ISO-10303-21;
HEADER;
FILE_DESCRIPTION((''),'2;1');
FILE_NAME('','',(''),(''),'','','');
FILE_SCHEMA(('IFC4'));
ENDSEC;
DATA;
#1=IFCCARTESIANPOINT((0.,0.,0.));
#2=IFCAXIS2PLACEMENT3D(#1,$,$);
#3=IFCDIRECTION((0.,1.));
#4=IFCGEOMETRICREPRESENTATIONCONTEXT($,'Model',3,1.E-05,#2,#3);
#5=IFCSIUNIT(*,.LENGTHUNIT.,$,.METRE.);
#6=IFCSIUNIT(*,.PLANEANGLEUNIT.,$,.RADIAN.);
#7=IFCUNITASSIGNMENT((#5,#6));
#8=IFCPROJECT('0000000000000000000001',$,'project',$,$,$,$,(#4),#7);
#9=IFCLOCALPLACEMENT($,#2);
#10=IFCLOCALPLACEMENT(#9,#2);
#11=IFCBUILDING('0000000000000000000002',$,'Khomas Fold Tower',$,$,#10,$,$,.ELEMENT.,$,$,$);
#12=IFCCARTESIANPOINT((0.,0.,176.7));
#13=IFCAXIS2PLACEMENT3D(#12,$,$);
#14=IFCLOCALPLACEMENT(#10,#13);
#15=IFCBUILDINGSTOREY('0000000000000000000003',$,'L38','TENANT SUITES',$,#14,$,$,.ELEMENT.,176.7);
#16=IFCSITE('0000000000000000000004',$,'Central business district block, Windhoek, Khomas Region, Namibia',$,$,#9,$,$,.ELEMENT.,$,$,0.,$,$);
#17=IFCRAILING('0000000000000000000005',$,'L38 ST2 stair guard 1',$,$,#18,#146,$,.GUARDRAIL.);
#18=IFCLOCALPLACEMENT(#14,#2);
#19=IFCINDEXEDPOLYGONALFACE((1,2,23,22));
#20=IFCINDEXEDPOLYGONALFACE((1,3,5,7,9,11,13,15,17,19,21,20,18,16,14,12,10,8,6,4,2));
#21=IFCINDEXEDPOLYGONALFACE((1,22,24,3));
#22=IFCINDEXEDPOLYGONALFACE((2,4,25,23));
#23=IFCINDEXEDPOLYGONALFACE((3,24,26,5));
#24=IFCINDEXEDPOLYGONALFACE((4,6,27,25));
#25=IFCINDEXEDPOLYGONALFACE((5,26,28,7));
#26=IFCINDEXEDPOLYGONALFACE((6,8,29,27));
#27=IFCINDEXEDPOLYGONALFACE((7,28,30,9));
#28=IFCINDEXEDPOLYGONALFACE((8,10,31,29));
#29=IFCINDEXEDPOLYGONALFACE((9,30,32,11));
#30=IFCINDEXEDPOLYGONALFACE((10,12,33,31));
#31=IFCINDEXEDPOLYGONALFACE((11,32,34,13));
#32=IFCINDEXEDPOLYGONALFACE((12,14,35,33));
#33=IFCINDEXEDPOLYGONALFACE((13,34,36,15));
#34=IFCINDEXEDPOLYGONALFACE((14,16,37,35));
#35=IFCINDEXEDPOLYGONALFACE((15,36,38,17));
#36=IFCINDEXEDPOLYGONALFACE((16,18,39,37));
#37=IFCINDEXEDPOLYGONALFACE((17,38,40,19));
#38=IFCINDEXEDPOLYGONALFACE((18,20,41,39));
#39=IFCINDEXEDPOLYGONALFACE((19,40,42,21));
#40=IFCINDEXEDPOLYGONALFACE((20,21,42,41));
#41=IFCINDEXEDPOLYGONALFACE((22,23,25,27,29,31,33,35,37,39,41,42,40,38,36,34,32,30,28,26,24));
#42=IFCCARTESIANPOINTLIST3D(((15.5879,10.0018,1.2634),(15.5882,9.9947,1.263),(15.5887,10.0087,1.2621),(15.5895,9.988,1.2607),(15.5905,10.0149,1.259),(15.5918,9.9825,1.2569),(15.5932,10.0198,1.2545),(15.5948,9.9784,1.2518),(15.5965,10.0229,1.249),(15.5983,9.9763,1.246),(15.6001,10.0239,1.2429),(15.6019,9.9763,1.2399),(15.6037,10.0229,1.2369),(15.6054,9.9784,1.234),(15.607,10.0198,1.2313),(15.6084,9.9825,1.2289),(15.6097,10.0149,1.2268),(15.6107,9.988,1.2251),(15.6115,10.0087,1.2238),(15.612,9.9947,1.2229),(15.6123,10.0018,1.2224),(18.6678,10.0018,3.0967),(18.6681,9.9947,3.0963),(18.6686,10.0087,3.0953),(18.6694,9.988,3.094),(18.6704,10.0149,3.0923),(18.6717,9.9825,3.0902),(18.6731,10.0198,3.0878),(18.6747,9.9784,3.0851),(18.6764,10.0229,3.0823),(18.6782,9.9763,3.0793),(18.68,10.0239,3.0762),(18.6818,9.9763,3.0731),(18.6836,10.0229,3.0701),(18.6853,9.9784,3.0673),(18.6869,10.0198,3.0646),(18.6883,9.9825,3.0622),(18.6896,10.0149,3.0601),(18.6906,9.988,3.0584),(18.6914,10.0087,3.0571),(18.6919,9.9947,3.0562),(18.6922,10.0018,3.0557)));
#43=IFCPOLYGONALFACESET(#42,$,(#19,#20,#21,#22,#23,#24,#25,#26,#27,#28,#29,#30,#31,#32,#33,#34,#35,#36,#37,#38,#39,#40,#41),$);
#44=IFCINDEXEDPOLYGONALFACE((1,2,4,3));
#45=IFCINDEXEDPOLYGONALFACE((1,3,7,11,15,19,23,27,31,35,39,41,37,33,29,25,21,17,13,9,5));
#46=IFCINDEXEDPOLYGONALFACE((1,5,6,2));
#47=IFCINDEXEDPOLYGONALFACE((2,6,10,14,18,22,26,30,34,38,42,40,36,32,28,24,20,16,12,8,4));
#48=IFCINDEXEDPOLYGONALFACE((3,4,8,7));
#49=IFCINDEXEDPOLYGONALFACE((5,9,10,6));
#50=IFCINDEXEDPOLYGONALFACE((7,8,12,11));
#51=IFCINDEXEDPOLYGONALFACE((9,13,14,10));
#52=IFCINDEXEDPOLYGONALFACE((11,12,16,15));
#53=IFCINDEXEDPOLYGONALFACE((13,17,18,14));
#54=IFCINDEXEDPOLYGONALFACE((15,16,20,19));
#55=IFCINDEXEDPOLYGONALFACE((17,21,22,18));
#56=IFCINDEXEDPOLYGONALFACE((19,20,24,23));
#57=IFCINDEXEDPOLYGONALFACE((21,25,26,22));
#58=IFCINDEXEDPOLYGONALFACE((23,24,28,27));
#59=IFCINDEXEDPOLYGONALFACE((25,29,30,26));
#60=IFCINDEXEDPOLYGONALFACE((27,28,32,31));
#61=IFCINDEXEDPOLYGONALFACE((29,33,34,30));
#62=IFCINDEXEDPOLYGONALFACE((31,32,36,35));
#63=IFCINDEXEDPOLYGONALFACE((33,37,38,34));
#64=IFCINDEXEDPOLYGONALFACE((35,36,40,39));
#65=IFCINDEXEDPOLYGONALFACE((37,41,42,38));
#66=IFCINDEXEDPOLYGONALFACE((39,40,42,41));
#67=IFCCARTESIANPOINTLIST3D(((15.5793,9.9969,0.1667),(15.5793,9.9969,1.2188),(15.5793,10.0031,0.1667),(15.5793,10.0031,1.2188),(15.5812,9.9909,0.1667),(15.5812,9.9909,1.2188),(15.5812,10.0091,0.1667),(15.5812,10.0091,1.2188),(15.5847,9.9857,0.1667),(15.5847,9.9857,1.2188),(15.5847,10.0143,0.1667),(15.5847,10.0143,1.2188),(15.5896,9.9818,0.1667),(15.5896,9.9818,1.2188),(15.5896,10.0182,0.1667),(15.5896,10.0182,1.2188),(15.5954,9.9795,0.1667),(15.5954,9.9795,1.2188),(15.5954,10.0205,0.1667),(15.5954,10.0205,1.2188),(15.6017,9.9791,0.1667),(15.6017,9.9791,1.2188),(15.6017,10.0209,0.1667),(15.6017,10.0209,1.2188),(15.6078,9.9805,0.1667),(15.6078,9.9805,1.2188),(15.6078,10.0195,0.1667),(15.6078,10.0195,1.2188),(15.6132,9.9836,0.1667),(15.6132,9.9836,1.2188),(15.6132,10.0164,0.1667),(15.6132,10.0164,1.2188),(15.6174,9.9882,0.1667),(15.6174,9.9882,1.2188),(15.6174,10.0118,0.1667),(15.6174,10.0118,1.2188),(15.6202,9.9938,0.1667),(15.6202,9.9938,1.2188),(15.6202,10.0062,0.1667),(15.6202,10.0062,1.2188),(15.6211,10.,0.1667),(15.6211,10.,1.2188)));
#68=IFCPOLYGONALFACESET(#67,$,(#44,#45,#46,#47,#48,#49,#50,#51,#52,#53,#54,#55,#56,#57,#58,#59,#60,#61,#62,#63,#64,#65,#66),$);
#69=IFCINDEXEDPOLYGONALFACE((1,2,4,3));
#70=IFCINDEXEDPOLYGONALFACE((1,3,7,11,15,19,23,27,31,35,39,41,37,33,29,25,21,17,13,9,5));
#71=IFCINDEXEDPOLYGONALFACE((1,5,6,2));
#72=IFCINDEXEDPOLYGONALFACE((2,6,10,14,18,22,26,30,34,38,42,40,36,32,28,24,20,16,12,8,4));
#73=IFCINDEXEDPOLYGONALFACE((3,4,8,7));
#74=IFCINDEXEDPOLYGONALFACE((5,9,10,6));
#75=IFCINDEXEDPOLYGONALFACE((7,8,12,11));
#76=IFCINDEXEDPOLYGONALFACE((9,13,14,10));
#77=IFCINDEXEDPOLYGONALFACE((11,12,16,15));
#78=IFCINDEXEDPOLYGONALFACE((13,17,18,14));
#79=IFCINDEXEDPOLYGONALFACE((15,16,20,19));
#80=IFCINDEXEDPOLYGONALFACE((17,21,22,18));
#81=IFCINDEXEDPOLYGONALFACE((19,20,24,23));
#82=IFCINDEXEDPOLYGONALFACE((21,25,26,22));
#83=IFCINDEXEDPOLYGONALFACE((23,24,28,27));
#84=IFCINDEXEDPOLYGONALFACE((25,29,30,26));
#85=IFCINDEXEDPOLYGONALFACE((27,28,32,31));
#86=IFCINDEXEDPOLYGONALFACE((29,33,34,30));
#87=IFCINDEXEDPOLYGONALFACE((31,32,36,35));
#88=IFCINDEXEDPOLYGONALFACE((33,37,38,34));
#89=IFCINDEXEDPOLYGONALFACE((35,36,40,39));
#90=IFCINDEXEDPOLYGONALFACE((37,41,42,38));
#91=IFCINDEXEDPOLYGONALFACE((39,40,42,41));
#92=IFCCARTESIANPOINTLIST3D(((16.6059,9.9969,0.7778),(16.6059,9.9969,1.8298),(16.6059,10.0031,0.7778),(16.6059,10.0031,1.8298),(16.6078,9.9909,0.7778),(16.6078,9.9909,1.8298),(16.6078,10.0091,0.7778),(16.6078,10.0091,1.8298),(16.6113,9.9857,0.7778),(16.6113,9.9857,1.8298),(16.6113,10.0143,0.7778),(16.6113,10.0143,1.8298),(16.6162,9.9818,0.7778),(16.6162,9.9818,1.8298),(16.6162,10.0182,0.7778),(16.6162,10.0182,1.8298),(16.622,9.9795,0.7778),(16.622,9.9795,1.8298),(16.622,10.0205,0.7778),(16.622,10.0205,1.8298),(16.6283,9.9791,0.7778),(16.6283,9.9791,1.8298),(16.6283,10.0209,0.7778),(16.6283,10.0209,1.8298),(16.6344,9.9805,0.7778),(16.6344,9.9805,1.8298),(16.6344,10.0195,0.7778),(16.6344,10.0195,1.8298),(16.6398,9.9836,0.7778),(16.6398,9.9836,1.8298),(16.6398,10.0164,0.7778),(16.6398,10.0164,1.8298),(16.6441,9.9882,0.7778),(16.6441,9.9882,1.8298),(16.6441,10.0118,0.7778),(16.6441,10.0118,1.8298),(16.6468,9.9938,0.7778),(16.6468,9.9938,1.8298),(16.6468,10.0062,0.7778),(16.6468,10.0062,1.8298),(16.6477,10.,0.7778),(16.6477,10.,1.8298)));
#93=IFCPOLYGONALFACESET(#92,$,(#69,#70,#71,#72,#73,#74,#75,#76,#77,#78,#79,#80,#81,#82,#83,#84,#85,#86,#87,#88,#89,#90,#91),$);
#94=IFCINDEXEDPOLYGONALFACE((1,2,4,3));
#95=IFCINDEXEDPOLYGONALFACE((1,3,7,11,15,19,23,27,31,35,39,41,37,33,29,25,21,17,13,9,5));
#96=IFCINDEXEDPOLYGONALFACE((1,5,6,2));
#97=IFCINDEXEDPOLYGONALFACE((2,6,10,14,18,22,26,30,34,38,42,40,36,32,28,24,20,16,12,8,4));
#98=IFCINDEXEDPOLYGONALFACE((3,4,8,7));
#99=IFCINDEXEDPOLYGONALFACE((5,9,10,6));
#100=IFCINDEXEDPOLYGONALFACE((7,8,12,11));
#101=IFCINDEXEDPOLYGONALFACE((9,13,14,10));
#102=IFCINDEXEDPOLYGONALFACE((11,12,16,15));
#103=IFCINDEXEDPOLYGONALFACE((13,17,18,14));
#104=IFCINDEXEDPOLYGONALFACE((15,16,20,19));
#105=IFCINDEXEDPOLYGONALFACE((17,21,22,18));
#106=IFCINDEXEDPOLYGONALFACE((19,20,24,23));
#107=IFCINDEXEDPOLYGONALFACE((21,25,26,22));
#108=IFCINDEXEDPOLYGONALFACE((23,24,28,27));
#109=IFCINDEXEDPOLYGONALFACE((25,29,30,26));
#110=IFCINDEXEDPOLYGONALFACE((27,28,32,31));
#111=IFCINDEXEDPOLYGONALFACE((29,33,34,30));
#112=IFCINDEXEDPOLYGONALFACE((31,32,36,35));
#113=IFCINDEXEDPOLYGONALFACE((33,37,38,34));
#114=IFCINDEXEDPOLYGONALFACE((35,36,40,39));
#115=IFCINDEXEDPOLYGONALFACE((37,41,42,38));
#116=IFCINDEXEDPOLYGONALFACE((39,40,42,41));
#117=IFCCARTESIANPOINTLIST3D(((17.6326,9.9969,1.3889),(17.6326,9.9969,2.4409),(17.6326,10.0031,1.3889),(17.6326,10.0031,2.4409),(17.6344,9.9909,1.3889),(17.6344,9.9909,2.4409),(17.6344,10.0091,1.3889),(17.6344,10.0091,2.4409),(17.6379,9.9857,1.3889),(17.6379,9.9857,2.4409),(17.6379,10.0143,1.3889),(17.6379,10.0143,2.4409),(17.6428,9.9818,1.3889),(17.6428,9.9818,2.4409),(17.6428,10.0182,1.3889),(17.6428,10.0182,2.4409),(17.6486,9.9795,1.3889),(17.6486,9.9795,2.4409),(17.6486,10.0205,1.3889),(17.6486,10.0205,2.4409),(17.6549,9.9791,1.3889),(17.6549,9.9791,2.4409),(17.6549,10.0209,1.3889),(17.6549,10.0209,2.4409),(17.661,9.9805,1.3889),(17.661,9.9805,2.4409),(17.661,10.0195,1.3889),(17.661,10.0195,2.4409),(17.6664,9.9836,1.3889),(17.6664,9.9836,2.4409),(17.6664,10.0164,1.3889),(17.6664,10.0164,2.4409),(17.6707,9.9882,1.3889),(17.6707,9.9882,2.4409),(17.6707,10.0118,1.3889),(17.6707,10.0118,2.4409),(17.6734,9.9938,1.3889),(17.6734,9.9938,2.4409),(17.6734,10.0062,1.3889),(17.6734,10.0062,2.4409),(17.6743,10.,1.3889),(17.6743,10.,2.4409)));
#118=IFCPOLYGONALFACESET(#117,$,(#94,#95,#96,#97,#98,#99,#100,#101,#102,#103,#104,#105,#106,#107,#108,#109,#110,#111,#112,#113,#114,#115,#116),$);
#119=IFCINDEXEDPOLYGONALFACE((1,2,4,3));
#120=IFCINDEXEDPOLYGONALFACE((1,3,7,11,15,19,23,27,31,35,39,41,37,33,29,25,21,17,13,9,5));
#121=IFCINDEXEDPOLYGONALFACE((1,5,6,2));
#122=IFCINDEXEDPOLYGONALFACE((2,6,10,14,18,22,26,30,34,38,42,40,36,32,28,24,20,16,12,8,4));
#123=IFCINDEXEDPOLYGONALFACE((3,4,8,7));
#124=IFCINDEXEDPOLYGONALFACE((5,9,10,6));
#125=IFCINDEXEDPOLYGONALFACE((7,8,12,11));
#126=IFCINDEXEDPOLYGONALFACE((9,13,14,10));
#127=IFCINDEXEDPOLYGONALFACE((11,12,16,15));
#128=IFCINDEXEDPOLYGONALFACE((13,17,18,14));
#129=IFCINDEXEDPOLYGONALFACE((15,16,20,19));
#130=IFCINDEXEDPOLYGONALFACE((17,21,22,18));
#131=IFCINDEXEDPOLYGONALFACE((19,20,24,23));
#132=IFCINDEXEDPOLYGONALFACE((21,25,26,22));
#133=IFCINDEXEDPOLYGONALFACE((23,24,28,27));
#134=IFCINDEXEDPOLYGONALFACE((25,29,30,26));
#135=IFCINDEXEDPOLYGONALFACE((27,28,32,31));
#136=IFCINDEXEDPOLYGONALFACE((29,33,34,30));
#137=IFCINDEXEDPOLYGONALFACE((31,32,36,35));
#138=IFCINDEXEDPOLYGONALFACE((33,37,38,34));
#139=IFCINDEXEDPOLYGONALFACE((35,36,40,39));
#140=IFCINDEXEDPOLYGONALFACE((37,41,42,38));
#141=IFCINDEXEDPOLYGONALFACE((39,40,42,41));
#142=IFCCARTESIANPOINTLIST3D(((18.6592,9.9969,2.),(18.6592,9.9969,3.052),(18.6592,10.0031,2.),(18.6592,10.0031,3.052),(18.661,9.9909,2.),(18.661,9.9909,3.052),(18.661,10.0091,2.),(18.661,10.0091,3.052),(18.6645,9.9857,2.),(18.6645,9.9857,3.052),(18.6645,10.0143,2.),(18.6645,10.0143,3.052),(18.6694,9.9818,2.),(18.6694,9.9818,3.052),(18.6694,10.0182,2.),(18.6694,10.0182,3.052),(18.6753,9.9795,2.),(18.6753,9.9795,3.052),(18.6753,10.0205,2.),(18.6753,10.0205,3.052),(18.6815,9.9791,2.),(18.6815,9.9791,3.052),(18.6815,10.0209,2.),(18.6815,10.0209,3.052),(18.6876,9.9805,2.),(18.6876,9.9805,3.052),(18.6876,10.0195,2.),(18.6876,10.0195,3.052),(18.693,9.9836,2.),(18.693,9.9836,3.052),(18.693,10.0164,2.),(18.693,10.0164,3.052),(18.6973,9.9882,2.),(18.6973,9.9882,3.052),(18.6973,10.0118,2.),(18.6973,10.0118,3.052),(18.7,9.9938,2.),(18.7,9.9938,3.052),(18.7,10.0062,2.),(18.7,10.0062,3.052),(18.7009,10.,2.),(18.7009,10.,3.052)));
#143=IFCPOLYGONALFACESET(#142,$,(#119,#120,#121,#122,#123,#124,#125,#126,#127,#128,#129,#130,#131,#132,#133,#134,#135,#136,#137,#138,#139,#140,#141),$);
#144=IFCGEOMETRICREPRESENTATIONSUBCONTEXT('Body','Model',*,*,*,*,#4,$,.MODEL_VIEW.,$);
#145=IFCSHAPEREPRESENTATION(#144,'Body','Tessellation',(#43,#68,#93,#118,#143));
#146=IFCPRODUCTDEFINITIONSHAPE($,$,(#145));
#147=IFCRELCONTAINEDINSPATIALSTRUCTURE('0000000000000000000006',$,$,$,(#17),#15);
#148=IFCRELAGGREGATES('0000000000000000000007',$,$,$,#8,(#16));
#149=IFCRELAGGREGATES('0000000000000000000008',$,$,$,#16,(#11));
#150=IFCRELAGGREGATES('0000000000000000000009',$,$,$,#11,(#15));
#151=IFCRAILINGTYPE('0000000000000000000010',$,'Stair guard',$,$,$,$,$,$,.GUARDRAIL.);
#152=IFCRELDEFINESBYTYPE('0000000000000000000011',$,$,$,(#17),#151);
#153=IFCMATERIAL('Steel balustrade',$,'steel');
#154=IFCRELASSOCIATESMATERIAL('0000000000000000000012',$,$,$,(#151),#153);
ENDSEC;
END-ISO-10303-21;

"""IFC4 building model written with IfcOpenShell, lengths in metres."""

from ifc_helpers import new_model, si_unit, direction, frame, origin, origin_2d, place, context, subcontext, project, spatial, circle, extrude, source, transform, mapped, material, type_object, element, save


model = new_model("IFC4")

# Units and contexts
model_context = context("Model", 3, precision=1e-05, world=origin(), true_north=direction((0.0, 1.0)))
body_context = subcontext(model_context, "Body", "Model", "MODEL_VIEW")
ifc_project = project(units=[si_unit("LENGTHUNIT", "METRE"), si_unit("PLANEANGLEUNIT", "RADIAN")], contexts=[model_context])

# Site, building, storey
site_placement = place(None, origin())
site = spatial("IfcSite", under=ifc_project, at=site_placement, Name="Central business district block, Windhoek, Khomas Region, Namibia", CompositionType="ELEMENT", RefElevation=0.0)
building_placement = place(site_placement, origin())
building = spatial("IfcBuilding", under=site, at=building_placement, Name="Khomas Fold Tower", CompositionType="ELEMENT")
storey_placement = place(building_placement, frame((0.0, 0.0, 176.7)))
storey = spatial("IfcBuildingStorey", under=building, at=storey_placement, Name="L38", Description="TENANT SUITES", CompositionType="ELEMENT", Elevation=176.7)

# Railing
ifc_material_1 = material(Name="Steel balustrade", Category="steel")
railing_type_1 = type_object("IfcRailingType", Name="Stair guard", PredefinedType="GUARDRAIL", material=ifc_material_1)
shared_shape_1 = source(origin(), body_context, "Body", "SweptSolid", [
    extrude(circle(Radius=0.0239, at=origin_2d()), frame((0.0, 0.0, 1.0762), z_axis=(0.859291, 0.0, 0.511487), x_axis=(0.0, 1.0, 0.0)), (0.0, 0.0, 1.0), 3.5842),
    extrude(circle(Radius=0.021, at=origin_2d()), origin(), (0.0, 0.0, 1.0), 1.052),
    extrude(circle(Radius=0.021, at=origin_2d()), frame((1.0266, 0.0, 0.6111)), (0.0, 0.0, 1.0), 1.052),
    extrude(circle(Radius=0.021, at=origin_2d()), frame((2.0532, 0.0, 1.2222)), (0.0, 0.0, 1.0), 1.052),
    extrude(circle(Radius=0.021, at=origin_2d()), frame((3.0798, 0.0, 1.8333)), (0.0, 0.0, 1.0), 1.052),
])
railing_1_placement = place(storey_placement, frame((15.6001, 10.0, 0.1667)))
element("IfcRailing", 1, at=railing_1_placement, inside=storey, type_object=railing_type_1, Name="L38 ST2 stair guard 1", PredefinedType="GUARDRAIL", context=body_context, shape_type="MappedRepresentation", body=[
    mapped(shared_shape_1, transform((0.0, 0.0, 0.0))),
])

save(model, "model.ifc")
